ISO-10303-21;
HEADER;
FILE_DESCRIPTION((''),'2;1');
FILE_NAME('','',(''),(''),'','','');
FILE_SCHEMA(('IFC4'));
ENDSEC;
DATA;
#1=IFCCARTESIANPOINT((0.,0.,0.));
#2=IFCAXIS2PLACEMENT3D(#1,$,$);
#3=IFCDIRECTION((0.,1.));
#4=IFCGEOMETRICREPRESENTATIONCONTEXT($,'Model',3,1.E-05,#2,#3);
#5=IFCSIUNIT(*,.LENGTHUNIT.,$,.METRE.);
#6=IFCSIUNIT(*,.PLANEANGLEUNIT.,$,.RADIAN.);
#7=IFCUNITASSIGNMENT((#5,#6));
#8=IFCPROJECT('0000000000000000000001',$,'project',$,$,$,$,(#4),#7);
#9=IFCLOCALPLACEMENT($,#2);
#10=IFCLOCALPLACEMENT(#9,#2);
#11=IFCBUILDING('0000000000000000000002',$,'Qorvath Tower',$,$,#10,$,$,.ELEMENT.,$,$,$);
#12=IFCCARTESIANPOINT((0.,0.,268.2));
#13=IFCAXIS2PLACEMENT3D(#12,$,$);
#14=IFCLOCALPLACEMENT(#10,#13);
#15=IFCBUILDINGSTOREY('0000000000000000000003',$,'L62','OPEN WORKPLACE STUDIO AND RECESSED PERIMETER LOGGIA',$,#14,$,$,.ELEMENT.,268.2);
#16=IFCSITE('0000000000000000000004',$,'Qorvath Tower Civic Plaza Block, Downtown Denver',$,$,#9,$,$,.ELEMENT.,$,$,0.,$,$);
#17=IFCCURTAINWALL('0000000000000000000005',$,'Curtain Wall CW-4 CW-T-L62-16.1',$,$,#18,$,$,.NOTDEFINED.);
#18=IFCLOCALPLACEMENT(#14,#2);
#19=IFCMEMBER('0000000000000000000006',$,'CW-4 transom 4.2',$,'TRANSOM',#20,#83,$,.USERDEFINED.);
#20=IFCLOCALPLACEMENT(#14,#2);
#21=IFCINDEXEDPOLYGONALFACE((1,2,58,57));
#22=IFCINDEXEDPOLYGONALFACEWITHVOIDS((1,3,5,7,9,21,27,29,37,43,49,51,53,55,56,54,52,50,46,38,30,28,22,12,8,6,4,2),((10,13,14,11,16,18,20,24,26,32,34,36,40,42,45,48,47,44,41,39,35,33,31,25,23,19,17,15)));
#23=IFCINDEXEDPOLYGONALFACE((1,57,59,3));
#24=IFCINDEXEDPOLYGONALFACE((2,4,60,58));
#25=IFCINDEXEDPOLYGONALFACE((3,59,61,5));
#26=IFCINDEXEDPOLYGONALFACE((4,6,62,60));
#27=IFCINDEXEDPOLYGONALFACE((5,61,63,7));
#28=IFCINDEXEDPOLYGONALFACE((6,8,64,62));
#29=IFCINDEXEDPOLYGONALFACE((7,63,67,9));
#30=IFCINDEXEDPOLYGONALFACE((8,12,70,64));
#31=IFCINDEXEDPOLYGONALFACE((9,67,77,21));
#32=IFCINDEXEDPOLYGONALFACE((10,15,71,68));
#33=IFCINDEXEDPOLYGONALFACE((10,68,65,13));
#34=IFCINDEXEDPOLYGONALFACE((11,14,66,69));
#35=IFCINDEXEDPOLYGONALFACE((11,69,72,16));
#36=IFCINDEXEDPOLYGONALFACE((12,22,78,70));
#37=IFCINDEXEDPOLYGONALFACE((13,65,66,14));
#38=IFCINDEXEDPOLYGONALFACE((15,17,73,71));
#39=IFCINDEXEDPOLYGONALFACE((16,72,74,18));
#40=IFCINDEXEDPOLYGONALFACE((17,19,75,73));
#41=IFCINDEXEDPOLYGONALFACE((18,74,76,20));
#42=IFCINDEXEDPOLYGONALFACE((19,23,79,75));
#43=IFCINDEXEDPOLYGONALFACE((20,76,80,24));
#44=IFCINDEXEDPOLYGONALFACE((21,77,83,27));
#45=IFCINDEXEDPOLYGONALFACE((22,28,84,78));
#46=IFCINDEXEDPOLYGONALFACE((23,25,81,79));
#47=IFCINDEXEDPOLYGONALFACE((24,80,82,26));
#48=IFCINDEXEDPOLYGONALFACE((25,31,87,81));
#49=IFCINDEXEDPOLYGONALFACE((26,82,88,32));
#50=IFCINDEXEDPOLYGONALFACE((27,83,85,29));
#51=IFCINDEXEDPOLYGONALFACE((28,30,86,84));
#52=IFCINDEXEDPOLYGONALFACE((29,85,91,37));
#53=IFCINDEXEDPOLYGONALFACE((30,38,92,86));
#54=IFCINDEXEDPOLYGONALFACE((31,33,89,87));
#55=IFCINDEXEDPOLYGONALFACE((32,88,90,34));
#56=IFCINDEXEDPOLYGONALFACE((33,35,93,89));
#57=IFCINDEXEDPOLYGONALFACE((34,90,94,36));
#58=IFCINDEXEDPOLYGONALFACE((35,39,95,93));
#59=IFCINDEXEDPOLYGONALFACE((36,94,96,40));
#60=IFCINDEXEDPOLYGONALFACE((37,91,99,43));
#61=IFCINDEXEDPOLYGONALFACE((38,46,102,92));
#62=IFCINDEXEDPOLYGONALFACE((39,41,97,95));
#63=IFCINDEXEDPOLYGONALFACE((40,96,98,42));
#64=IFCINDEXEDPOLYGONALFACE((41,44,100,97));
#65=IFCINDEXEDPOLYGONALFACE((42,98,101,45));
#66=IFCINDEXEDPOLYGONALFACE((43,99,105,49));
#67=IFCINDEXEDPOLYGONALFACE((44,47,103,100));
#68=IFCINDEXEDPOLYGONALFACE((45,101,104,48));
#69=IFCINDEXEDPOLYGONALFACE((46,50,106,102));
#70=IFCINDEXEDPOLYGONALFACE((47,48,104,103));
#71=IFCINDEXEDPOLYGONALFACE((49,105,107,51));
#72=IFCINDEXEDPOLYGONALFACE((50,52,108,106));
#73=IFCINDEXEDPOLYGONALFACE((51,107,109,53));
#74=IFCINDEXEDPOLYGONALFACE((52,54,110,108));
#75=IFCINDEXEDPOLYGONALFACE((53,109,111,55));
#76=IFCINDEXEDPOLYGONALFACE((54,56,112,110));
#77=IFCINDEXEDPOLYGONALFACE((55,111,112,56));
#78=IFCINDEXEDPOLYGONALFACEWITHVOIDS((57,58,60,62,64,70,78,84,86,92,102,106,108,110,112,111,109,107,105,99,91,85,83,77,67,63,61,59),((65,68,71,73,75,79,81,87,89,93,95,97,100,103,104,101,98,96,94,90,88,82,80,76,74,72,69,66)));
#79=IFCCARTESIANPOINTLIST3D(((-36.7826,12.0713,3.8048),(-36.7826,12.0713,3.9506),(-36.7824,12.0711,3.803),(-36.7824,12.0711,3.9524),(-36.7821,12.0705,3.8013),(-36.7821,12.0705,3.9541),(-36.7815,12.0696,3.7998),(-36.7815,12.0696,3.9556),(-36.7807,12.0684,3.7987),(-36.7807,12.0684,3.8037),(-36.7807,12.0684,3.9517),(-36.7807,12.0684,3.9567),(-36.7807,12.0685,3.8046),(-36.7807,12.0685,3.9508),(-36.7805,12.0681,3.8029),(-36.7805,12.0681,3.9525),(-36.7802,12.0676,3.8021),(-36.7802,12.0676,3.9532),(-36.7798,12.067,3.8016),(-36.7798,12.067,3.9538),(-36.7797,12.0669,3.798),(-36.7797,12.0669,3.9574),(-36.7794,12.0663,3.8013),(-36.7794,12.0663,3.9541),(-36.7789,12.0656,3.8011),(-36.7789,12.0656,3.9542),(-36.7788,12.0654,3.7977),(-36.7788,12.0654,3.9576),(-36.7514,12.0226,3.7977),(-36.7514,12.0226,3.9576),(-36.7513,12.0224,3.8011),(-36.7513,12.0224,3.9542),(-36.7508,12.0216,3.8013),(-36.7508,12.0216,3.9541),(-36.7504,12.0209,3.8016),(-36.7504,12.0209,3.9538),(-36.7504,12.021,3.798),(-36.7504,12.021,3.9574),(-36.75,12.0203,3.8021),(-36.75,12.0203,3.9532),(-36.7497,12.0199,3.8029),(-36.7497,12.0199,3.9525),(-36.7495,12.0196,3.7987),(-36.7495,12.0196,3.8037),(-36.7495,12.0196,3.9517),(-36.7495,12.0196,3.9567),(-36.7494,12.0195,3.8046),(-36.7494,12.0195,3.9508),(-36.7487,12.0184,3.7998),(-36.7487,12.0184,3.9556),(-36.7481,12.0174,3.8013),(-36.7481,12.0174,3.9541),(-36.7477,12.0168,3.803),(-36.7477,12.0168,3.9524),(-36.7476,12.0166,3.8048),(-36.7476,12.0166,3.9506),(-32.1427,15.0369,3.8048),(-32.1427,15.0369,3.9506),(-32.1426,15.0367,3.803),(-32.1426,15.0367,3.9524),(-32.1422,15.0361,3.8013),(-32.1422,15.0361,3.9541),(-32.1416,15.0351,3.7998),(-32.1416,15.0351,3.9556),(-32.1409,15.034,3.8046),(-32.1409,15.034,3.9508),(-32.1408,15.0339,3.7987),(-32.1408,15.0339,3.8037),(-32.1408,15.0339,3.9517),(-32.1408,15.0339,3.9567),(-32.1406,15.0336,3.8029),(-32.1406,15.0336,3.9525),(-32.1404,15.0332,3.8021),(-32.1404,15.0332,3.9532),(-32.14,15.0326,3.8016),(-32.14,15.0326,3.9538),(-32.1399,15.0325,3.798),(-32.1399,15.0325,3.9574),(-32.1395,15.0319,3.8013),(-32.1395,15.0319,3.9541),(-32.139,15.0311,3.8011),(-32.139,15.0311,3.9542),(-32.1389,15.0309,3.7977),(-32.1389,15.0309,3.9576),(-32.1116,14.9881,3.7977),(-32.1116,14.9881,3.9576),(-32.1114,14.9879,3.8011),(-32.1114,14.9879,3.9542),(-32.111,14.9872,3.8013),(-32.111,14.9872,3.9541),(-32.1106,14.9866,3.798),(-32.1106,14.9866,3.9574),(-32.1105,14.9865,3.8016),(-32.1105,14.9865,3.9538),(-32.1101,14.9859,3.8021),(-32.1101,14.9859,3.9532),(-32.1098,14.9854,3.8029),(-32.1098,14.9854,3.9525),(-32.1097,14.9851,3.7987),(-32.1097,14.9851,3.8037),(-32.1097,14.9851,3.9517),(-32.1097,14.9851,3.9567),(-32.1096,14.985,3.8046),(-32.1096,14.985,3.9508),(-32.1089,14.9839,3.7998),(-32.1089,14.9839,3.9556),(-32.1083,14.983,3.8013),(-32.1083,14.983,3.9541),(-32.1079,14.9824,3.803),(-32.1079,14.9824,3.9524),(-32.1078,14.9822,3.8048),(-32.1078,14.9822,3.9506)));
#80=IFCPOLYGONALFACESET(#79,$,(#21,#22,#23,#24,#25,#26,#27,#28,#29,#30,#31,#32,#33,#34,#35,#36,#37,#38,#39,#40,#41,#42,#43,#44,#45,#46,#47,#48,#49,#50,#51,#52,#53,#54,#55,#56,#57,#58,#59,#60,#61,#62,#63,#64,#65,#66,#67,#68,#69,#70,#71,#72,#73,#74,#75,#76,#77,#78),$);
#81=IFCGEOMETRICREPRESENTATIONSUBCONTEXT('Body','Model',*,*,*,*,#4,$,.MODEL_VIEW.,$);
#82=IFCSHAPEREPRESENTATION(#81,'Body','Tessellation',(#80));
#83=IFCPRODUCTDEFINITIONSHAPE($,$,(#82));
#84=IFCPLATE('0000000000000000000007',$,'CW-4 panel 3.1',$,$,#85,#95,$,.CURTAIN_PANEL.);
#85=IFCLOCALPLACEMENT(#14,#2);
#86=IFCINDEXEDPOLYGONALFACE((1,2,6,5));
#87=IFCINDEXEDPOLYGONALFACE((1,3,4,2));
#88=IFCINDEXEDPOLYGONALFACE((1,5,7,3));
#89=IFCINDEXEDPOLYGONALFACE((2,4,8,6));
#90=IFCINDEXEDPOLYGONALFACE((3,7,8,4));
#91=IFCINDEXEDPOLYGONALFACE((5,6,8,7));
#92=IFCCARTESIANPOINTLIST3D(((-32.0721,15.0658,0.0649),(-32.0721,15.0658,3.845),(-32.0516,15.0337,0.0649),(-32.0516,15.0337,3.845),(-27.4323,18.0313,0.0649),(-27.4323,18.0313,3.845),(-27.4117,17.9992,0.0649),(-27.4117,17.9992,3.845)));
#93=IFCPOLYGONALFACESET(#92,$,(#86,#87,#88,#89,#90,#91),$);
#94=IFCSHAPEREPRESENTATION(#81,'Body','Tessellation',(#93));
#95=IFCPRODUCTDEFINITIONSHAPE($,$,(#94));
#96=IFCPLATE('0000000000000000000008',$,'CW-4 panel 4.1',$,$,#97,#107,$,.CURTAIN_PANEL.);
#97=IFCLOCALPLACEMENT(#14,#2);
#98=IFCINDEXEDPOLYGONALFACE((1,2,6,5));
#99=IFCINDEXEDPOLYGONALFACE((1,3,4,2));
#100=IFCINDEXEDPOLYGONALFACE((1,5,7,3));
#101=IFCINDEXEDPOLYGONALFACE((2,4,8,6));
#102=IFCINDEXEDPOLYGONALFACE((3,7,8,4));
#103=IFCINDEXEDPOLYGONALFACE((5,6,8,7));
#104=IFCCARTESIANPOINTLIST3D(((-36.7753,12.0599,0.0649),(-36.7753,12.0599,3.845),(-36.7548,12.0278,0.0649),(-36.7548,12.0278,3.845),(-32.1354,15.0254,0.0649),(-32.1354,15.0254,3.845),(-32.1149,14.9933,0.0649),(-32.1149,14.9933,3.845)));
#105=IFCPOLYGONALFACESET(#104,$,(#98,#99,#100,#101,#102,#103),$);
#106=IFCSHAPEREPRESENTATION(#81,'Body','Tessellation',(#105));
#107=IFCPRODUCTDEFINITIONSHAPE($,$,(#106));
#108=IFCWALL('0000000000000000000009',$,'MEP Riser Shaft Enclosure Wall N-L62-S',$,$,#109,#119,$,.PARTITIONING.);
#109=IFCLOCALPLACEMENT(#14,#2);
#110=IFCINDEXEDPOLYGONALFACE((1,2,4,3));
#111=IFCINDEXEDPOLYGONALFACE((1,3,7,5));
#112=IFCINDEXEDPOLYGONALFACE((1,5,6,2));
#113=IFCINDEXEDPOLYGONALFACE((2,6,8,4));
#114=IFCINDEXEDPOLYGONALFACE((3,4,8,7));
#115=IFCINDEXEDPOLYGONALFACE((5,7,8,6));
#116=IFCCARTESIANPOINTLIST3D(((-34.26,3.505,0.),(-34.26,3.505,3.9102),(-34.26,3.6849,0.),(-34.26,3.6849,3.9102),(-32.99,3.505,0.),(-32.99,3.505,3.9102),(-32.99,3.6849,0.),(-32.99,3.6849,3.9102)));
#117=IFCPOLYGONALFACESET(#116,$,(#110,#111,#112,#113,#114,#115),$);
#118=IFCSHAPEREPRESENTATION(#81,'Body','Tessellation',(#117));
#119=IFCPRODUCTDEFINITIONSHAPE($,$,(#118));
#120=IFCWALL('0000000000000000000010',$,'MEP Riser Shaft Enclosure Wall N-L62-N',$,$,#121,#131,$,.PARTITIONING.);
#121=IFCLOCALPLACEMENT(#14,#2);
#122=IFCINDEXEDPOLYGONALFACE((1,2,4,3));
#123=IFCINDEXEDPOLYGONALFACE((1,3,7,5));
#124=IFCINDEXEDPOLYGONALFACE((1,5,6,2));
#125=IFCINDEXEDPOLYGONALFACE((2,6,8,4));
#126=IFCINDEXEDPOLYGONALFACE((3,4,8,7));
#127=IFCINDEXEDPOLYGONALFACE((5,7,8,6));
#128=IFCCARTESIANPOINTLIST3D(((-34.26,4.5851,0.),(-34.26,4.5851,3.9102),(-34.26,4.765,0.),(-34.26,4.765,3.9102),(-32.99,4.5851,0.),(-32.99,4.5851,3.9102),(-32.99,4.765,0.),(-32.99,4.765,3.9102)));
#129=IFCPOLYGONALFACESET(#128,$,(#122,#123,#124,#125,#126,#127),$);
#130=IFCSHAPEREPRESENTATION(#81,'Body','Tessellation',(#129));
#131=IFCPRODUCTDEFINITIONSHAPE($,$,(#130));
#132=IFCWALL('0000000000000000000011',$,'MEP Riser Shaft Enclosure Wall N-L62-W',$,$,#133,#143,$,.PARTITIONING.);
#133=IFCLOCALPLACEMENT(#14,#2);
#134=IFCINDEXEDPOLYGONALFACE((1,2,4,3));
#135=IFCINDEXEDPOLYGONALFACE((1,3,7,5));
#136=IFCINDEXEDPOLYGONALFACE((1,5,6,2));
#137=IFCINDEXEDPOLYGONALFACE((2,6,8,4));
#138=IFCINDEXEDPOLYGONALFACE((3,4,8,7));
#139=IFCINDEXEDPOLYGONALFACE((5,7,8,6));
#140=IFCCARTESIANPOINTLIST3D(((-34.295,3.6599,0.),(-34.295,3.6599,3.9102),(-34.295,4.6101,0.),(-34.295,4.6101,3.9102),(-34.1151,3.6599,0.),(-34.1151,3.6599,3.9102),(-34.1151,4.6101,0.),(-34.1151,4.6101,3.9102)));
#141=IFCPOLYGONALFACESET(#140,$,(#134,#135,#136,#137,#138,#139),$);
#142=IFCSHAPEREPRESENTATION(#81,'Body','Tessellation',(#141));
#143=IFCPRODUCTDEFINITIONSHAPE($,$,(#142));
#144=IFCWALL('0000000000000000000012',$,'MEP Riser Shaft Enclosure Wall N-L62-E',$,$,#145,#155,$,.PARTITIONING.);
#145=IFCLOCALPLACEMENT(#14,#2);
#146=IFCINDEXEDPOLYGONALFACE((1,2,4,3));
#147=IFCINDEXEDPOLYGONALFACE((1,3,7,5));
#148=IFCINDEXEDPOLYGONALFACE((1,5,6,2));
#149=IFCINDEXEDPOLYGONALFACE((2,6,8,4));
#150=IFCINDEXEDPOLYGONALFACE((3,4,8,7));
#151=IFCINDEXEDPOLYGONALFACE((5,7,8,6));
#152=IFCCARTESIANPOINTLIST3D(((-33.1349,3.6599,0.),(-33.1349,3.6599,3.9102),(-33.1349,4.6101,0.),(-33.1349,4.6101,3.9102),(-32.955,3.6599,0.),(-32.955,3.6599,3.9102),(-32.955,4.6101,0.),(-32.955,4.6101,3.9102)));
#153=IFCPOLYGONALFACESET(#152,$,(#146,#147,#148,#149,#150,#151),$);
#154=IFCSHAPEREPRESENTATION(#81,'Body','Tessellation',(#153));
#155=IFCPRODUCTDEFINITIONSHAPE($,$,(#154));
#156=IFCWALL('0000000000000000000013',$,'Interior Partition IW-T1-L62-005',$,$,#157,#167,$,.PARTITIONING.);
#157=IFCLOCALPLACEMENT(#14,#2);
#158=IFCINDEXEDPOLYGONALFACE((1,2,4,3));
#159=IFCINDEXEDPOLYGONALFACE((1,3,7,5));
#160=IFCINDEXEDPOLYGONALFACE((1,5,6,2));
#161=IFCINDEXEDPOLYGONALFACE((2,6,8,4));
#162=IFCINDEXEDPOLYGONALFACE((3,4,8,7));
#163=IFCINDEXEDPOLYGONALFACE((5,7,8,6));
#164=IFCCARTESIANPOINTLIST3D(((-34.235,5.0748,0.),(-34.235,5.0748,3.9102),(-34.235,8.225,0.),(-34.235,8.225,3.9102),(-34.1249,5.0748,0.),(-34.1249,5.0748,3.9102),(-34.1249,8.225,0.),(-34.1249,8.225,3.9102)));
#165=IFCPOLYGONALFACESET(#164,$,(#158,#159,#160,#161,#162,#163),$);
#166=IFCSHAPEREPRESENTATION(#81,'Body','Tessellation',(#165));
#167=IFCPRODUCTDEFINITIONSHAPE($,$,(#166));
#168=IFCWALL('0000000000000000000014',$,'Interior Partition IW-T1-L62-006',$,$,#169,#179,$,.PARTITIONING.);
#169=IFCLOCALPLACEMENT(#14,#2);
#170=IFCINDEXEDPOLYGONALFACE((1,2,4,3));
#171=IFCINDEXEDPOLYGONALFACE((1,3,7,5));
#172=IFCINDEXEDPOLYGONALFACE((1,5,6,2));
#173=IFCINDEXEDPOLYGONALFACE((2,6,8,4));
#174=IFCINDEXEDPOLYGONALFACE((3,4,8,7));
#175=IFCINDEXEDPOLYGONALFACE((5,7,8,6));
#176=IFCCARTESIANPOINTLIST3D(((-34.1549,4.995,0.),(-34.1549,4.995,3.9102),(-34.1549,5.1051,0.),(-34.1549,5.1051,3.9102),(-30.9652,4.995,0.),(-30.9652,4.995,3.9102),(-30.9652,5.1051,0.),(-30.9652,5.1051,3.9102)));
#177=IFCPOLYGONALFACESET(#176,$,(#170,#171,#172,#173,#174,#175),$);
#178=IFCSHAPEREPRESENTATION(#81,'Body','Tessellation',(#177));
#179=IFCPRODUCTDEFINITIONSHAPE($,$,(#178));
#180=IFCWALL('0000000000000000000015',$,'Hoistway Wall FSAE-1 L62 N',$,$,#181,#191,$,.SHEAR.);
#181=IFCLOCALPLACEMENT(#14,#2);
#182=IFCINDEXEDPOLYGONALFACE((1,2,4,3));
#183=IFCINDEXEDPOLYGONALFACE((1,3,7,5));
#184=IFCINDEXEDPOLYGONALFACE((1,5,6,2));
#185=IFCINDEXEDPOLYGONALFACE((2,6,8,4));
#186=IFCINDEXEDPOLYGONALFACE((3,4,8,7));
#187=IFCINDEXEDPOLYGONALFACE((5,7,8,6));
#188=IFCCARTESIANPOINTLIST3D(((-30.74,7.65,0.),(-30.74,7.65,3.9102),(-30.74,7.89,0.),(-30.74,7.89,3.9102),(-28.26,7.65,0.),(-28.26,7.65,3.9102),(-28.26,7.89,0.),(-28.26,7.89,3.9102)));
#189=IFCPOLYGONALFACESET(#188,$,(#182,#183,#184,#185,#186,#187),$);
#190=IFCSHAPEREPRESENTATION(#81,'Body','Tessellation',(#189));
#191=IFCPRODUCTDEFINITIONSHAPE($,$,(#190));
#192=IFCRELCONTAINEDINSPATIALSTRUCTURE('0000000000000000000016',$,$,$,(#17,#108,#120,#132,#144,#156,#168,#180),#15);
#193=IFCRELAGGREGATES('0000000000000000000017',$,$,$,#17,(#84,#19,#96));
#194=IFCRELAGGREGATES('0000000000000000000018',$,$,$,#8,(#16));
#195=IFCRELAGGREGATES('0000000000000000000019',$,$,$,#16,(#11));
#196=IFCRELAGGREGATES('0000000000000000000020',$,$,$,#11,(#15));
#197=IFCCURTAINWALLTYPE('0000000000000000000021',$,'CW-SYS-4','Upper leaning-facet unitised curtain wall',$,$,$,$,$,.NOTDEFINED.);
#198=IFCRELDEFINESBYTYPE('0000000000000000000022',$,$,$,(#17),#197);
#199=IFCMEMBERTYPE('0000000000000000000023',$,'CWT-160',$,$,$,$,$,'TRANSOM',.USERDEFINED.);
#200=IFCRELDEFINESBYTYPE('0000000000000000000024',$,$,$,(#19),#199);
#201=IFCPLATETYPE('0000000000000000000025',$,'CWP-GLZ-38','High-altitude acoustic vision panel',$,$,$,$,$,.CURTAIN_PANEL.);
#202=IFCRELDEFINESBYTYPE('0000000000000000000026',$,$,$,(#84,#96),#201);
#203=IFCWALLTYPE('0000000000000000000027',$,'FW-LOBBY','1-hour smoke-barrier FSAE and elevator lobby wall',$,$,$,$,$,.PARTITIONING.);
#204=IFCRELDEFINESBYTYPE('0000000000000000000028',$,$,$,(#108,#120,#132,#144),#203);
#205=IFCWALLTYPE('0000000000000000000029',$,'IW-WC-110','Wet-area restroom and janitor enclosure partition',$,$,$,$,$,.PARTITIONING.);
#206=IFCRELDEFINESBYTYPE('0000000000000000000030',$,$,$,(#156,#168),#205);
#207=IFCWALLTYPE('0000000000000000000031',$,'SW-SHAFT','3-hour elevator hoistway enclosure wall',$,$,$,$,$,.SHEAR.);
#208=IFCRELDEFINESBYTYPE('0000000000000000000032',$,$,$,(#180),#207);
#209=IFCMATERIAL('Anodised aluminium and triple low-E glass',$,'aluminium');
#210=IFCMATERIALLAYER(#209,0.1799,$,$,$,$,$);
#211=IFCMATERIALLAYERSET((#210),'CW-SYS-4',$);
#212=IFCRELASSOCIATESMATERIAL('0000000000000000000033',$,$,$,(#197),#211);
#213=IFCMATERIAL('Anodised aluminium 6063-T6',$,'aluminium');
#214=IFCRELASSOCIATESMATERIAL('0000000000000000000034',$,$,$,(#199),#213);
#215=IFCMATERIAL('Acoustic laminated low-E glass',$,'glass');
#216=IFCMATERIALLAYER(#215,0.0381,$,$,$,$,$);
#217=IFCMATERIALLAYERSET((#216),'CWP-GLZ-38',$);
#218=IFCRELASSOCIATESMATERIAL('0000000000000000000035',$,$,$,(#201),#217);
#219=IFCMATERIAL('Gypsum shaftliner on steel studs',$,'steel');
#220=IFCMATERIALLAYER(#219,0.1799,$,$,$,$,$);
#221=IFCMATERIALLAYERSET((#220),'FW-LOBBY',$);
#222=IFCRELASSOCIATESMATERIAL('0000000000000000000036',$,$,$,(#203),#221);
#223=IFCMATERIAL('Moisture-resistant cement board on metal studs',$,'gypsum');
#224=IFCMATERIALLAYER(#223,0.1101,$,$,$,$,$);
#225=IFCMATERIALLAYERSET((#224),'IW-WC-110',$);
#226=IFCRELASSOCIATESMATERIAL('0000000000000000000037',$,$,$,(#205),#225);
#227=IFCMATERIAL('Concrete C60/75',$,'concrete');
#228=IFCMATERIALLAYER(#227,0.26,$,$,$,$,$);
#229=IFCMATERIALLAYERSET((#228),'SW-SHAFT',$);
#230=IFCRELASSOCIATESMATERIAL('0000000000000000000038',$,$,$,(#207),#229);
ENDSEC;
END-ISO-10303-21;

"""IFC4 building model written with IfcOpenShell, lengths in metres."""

from ifc_helpers import new_model, si_unit, direction, frame, frame_2d, origin, origin_2d, place, context, subcontext, project, spatial, rectangle, hollow_rectangle, extrude, material, layer, layer_set, material_profile, profile_set, type_object, element, aggregate, save


model = new_model("IFC4")

# Units and contexts
model_context = context("Model", 3, precision=1e-05, world=origin(), true_north=direction((0.0, 1.0)))
body_context = subcontext(model_context, "Body", "Model", "MODEL_VIEW")
ifc_project = project(units=[si_unit("LENGTHUNIT", "METRE"), si_unit("PLANEANGLEUNIT", "RADIAN")], contexts=[model_context])

# Site, building, storey
site_placement = place(None, origin())
site = spatial("IfcSite", under=ifc_project, at=site_placement, Name="Qorvath Tower Civic Plaza Block, Downtown Denver", CompositionType="ELEMENT", RefElevation=0.0)
building_placement = place(site_placement, origin())
building = spatial("IfcBuilding", under=site, at=building_placement, Name="Qorvath Tower", CompositionType="ELEMENT")
storey_placement = place(building_placement, frame((0.0, 0.0, 268.2)))
storey = spatial("IfcBuildingStorey", under=building, at=storey_placement, Name="L62", Description="OPEN WORKPLACE STUDIO AND RECESSED PERIMETER LOGGIA", CompositionType="ELEMENT", Elevation=268.2)

# Curtain wall, member, plates
ifc_material_1 = material(Name="Anodised aluminium and triple low-E glass", Category="aluminium")
ifc_layer_1 = layer(ifc_material_1, 0.1799)
ifc_layer_set_1 = layer_set([ifc_layer_1], Name="CW-SYS-4")
curtain_wall_type = type_object("IfcCurtainWallType", Name="CW-SYS-4", Description="Upper leaning-facet unitised curtain wall", PredefinedType="NOTDEFINED", material=ifc_layer_set_1)
curtain_wall_placement = place(storey_placement, origin())
curtain_wall = element("IfcCurtainWall", 1, at=curtain_wall_placement, inside=storey, type_object=curtain_wall_type, Name="Curtain Wall CW-4 CW-T-L62-16.1", PredefinedType="NOTDEFINED")
ifc_material_2 = material(Name="Anodised aluminium 6063-T6", Category="aluminium")
ifc_material_profile_1 = material_profile(ifc_material_2, hollow_rectangle(XDim=0.0649, YDim=0.1599, WallThickness=0.0034, InnerFilletRadius=0.0034, OuterFilletRadius=0.0071, at=origin_2d()), Name="CWT 160x65")
ifc_profile_set_1 = profile_set([ifc_material_profile_1], Name="Anodised aluminium 6063-T6")
member_type_1 = type_object("IfcMemberType", Name="CWT-160", ElementType="TRANSOM", PredefinedType="USERDEFINED", material=ifc_profile_set_1)
member_1_placement = place(storey_placement, frame((-32.1252, 15.0095, 3.8777), z_axis=(-0.842597, -0.538544, 0.0), x_axis=(0.538544, -0.842597, 0.0)))
member_1 = element("IfcMember", 2, at=member_1_placement, type_object=member_type_1, Name="CW-4 transom 4.2", ObjectType="TRANSOM", PredefinedType="USERDEFINED", context=body_context, shape_type="SweptSolid", body=[
    extrude(hollow_rectangle(XDim=0.0649, YDim=0.1599, WallThickness=0.0034, InnerFilletRadius=0.0034, OuterFilletRadius=0.0071, at=origin_2d()), origin(), (0.0, 0.0, 1.0), 5.5066),
])
ifc_material_3 = material(Name="Acoustic laminated low-E glass", Category="glass")
ifc_layer_2 = layer(ifc_material_3, 0.0381)
ifc_layer_set_2 = layer_set([ifc_layer_2], Name="CWP-GLZ-38")
plate_type = type_object("IfcPlateType", Name="CWP-GLZ-38", Description="High-altitude acoustic vision panel", PredefinedType="CURTAIN_PANEL", material=ifc_layer_set_2)
plate_1_placement = place(storey_placement, frame((-29.7419, 16.5325, 0.0649), z_axis=(0.0, 0.0, 1.0), x_axis=(-0.842604, -0.538534, 0.0)))
plate_1 = element("IfcPlate", 3, at=plate_1_placement, type_object=plate_type, Name="CW-4 panel 3.1", PredefinedType="CURTAIN_PANEL", context=body_context, shape_type="SweptSolid", body=[
    extrude(rectangle(XDim=5.5066, YDim=0.0381, at=origin_2d()), origin(), (0.0, 0.0, 1.0), 3.78),
])
plate_2_placement = place(storey_placement, frame((-34.4451, 13.5266, 0.0649), z_axis=(0.0, 0.0, 1.0), x_axis=(-0.842604, -0.538534, 0.0)))
plate_2 = element("IfcPlate", 4, at=plate_2_placement, type_object=plate_type, Name="CW-4 panel 4.1", PredefinedType="CURTAIN_PANEL", context=body_context, shape_type="SweptSolid", body=[
    extrude(rectangle(XDim=5.5066, YDim=0.0381, at=origin_2d()), origin(), (0.0, 0.0, 1.0), 3.78),
])
aggregate(curtain_wall, [plate_1, member_1, plate_2])

# Walls
ifc_material_4 = material(Name="Gypsum shaftliner on steel studs", Category="steel")
ifc_layer_3 = layer(ifc_material_4, 0.1799)
ifc_layer_set_3 = layer_set([ifc_layer_3], Name="FW-LOBBY")
wall_type_1 = type_object("IfcWallType", Name="FW-LOBBY", Description="1-hour smoke-barrier FSAE and elevator lobby wall", PredefinedType="PARTITIONING", material=ifc_layer_set_3)
for number, where, z_axis, x_axis, name in (
    (5, (-32.99, 3.595, 0.0), (0.0, 0.0, 1.0), (-1.0, 0.0, 0.0), "MEP Riser Shaft Enclosure Wall N-L62-S"),
    (6, (-34.26, 4.675, 0.0), (0.0, 0.0, 1.0), (1.0, 0.0, 0.0), "MEP Riser Shaft Enclosure Wall N-L62-N"),
):
    element("IfcWall", number, at=place(storey_placement, frame(where, z_axis=z_axis, x_axis=x_axis)), inside=storey, type_object=wall_type_1, Name=name, PredefinedType="PARTITIONING", context=body_context, shape_type="SweptSolid", body=[
        extrude(rectangle(XDim=1.27, YDim=0.1799, at=frame_2d((0.635, 0.0))), origin(), (0.0, 0.0, 1.0), 3.9102),
    ])
for number, where, z_axis, x_axis, name in (
    (7, (-34.2051, 3.6599, 0.0), (0.0, 0.0, 1.0), (0.0, 1.0, 0.0), "MEP Riser Shaft Enclosure Wall N-L62-W"),
    (8, (-33.0449, 4.6101, 0.0), (0.0, 0.0, 1.0), (0.0, -1.0, 0.0), "MEP Riser Shaft Enclosure Wall N-L62-E"),
):
    element("IfcWall", number, at=place(storey_placement, frame(where, z_axis=z_axis, x_axis=x_axis)), inside=storey, type_object=wall_type_1, Name=name, PredefinedType="PARTITIONING", context=body_context, shape_type="SweptSolid", body=[
        extrude(rectangle(XDim=0.9502, YDim=0.1799, at=frame_2d((0.4751, 0.0))), origin(), (0.0, 0.0, 1.0), 3.9102),
    ])
ifc_material_5 = material(Name="Moisture-resistant cement board on metal studs", Category="gypsum")
ifc_layer_4 = layer(ifc_material_5, 0.1101)
ifc_layer_set_4 = layer_set([ifc_layer_4], Name="IW-WC-110")
wall_type_2 = type_object("IfcWallType", Name="IW-WC-110", Description="Wet-area restroom and janitor enclosure partition", PredefinedType="PARTITIONING", material=ifc_layer_set_4)
wall_1_placement = place(storey_placement, frame((-34.1799, 8.2251, 0.0), z_axis=(0.0, 0.0, 1.0), x_axis=(0.0, -1.0, 0.0)))
element("IfcWall", 9, at=wall_1_placement, inside=storey, type_object=wall_type_2, Name="Interior Partition IW-T1-L62-005", PredefinedType="PARTITIONING", context=body_context, shape_type="SweptSolid", body=[
    extrude(rectangle(XDim=3.1501, YDim=0.1101, at=frame_2d((1.5752, 0.0))), origin(), (0.0, 0.0, 1.0), 3.9102),
])
wall_2_placement = place(storey_placement, frame((-34.1548, 5.05, 0.0), z_axis=(0.0, 0.0, 1.0), x_axis=(1.0, 0.0, 0.0)))
element("IfcWall", 10, at=wall_2_placement, inside=storey, type_object=wall_type_2, Name="Interior Partition IW-T1-L62-006", PredefinedType="PARTITIONING", context=body_context, shape_type="SweptSolid", body=[
    extrude(rectangle(XDim=3.1897, YDim=0.1101, at=frame_2d((1.5947, 0.0))), origin(), (0.0, 0.0, 1.0), 3.9102),
])
ifc_material_6 = material(Name="Concrete C60/75", Category="concrete")
ifc_layer_5 = layer(ifc_material_6, 0.26)
ifc_layer_set_5 = layer_set([ifc_layer_5], Name="SW-SHAFT")
wall_type_3 = type_object("IfcWallType", Name="SW-SHAFT", Description="3-hour elevator hoistway enclosure wall", PredefinedType="SHEAR", material=ifc_layer_set_5)
wall_3_placement = place(storey_placement, frame((-30.74, 7.77, 0.0), z_axis=(0.0, 0.0, 1.0), x_axis=(1.0, 0.0, 0.0)))
element("IfcWall", 11, at=wall_3_placement, inside=storey, type_object=wall_type_3, Name="Hoistway Wall FSAE-1 L62 N", PredefinedType="SHEAR", context=body_context, shape_type="SweptSolid", body=[
    extrude(rectangle(XDim=2.48, YDim=0.24, at=frame_2d((1.24, 0.0))), origin(), (0.0, 0.0, 1.0), 3.9102),
])

save(model, "model.ifc")
